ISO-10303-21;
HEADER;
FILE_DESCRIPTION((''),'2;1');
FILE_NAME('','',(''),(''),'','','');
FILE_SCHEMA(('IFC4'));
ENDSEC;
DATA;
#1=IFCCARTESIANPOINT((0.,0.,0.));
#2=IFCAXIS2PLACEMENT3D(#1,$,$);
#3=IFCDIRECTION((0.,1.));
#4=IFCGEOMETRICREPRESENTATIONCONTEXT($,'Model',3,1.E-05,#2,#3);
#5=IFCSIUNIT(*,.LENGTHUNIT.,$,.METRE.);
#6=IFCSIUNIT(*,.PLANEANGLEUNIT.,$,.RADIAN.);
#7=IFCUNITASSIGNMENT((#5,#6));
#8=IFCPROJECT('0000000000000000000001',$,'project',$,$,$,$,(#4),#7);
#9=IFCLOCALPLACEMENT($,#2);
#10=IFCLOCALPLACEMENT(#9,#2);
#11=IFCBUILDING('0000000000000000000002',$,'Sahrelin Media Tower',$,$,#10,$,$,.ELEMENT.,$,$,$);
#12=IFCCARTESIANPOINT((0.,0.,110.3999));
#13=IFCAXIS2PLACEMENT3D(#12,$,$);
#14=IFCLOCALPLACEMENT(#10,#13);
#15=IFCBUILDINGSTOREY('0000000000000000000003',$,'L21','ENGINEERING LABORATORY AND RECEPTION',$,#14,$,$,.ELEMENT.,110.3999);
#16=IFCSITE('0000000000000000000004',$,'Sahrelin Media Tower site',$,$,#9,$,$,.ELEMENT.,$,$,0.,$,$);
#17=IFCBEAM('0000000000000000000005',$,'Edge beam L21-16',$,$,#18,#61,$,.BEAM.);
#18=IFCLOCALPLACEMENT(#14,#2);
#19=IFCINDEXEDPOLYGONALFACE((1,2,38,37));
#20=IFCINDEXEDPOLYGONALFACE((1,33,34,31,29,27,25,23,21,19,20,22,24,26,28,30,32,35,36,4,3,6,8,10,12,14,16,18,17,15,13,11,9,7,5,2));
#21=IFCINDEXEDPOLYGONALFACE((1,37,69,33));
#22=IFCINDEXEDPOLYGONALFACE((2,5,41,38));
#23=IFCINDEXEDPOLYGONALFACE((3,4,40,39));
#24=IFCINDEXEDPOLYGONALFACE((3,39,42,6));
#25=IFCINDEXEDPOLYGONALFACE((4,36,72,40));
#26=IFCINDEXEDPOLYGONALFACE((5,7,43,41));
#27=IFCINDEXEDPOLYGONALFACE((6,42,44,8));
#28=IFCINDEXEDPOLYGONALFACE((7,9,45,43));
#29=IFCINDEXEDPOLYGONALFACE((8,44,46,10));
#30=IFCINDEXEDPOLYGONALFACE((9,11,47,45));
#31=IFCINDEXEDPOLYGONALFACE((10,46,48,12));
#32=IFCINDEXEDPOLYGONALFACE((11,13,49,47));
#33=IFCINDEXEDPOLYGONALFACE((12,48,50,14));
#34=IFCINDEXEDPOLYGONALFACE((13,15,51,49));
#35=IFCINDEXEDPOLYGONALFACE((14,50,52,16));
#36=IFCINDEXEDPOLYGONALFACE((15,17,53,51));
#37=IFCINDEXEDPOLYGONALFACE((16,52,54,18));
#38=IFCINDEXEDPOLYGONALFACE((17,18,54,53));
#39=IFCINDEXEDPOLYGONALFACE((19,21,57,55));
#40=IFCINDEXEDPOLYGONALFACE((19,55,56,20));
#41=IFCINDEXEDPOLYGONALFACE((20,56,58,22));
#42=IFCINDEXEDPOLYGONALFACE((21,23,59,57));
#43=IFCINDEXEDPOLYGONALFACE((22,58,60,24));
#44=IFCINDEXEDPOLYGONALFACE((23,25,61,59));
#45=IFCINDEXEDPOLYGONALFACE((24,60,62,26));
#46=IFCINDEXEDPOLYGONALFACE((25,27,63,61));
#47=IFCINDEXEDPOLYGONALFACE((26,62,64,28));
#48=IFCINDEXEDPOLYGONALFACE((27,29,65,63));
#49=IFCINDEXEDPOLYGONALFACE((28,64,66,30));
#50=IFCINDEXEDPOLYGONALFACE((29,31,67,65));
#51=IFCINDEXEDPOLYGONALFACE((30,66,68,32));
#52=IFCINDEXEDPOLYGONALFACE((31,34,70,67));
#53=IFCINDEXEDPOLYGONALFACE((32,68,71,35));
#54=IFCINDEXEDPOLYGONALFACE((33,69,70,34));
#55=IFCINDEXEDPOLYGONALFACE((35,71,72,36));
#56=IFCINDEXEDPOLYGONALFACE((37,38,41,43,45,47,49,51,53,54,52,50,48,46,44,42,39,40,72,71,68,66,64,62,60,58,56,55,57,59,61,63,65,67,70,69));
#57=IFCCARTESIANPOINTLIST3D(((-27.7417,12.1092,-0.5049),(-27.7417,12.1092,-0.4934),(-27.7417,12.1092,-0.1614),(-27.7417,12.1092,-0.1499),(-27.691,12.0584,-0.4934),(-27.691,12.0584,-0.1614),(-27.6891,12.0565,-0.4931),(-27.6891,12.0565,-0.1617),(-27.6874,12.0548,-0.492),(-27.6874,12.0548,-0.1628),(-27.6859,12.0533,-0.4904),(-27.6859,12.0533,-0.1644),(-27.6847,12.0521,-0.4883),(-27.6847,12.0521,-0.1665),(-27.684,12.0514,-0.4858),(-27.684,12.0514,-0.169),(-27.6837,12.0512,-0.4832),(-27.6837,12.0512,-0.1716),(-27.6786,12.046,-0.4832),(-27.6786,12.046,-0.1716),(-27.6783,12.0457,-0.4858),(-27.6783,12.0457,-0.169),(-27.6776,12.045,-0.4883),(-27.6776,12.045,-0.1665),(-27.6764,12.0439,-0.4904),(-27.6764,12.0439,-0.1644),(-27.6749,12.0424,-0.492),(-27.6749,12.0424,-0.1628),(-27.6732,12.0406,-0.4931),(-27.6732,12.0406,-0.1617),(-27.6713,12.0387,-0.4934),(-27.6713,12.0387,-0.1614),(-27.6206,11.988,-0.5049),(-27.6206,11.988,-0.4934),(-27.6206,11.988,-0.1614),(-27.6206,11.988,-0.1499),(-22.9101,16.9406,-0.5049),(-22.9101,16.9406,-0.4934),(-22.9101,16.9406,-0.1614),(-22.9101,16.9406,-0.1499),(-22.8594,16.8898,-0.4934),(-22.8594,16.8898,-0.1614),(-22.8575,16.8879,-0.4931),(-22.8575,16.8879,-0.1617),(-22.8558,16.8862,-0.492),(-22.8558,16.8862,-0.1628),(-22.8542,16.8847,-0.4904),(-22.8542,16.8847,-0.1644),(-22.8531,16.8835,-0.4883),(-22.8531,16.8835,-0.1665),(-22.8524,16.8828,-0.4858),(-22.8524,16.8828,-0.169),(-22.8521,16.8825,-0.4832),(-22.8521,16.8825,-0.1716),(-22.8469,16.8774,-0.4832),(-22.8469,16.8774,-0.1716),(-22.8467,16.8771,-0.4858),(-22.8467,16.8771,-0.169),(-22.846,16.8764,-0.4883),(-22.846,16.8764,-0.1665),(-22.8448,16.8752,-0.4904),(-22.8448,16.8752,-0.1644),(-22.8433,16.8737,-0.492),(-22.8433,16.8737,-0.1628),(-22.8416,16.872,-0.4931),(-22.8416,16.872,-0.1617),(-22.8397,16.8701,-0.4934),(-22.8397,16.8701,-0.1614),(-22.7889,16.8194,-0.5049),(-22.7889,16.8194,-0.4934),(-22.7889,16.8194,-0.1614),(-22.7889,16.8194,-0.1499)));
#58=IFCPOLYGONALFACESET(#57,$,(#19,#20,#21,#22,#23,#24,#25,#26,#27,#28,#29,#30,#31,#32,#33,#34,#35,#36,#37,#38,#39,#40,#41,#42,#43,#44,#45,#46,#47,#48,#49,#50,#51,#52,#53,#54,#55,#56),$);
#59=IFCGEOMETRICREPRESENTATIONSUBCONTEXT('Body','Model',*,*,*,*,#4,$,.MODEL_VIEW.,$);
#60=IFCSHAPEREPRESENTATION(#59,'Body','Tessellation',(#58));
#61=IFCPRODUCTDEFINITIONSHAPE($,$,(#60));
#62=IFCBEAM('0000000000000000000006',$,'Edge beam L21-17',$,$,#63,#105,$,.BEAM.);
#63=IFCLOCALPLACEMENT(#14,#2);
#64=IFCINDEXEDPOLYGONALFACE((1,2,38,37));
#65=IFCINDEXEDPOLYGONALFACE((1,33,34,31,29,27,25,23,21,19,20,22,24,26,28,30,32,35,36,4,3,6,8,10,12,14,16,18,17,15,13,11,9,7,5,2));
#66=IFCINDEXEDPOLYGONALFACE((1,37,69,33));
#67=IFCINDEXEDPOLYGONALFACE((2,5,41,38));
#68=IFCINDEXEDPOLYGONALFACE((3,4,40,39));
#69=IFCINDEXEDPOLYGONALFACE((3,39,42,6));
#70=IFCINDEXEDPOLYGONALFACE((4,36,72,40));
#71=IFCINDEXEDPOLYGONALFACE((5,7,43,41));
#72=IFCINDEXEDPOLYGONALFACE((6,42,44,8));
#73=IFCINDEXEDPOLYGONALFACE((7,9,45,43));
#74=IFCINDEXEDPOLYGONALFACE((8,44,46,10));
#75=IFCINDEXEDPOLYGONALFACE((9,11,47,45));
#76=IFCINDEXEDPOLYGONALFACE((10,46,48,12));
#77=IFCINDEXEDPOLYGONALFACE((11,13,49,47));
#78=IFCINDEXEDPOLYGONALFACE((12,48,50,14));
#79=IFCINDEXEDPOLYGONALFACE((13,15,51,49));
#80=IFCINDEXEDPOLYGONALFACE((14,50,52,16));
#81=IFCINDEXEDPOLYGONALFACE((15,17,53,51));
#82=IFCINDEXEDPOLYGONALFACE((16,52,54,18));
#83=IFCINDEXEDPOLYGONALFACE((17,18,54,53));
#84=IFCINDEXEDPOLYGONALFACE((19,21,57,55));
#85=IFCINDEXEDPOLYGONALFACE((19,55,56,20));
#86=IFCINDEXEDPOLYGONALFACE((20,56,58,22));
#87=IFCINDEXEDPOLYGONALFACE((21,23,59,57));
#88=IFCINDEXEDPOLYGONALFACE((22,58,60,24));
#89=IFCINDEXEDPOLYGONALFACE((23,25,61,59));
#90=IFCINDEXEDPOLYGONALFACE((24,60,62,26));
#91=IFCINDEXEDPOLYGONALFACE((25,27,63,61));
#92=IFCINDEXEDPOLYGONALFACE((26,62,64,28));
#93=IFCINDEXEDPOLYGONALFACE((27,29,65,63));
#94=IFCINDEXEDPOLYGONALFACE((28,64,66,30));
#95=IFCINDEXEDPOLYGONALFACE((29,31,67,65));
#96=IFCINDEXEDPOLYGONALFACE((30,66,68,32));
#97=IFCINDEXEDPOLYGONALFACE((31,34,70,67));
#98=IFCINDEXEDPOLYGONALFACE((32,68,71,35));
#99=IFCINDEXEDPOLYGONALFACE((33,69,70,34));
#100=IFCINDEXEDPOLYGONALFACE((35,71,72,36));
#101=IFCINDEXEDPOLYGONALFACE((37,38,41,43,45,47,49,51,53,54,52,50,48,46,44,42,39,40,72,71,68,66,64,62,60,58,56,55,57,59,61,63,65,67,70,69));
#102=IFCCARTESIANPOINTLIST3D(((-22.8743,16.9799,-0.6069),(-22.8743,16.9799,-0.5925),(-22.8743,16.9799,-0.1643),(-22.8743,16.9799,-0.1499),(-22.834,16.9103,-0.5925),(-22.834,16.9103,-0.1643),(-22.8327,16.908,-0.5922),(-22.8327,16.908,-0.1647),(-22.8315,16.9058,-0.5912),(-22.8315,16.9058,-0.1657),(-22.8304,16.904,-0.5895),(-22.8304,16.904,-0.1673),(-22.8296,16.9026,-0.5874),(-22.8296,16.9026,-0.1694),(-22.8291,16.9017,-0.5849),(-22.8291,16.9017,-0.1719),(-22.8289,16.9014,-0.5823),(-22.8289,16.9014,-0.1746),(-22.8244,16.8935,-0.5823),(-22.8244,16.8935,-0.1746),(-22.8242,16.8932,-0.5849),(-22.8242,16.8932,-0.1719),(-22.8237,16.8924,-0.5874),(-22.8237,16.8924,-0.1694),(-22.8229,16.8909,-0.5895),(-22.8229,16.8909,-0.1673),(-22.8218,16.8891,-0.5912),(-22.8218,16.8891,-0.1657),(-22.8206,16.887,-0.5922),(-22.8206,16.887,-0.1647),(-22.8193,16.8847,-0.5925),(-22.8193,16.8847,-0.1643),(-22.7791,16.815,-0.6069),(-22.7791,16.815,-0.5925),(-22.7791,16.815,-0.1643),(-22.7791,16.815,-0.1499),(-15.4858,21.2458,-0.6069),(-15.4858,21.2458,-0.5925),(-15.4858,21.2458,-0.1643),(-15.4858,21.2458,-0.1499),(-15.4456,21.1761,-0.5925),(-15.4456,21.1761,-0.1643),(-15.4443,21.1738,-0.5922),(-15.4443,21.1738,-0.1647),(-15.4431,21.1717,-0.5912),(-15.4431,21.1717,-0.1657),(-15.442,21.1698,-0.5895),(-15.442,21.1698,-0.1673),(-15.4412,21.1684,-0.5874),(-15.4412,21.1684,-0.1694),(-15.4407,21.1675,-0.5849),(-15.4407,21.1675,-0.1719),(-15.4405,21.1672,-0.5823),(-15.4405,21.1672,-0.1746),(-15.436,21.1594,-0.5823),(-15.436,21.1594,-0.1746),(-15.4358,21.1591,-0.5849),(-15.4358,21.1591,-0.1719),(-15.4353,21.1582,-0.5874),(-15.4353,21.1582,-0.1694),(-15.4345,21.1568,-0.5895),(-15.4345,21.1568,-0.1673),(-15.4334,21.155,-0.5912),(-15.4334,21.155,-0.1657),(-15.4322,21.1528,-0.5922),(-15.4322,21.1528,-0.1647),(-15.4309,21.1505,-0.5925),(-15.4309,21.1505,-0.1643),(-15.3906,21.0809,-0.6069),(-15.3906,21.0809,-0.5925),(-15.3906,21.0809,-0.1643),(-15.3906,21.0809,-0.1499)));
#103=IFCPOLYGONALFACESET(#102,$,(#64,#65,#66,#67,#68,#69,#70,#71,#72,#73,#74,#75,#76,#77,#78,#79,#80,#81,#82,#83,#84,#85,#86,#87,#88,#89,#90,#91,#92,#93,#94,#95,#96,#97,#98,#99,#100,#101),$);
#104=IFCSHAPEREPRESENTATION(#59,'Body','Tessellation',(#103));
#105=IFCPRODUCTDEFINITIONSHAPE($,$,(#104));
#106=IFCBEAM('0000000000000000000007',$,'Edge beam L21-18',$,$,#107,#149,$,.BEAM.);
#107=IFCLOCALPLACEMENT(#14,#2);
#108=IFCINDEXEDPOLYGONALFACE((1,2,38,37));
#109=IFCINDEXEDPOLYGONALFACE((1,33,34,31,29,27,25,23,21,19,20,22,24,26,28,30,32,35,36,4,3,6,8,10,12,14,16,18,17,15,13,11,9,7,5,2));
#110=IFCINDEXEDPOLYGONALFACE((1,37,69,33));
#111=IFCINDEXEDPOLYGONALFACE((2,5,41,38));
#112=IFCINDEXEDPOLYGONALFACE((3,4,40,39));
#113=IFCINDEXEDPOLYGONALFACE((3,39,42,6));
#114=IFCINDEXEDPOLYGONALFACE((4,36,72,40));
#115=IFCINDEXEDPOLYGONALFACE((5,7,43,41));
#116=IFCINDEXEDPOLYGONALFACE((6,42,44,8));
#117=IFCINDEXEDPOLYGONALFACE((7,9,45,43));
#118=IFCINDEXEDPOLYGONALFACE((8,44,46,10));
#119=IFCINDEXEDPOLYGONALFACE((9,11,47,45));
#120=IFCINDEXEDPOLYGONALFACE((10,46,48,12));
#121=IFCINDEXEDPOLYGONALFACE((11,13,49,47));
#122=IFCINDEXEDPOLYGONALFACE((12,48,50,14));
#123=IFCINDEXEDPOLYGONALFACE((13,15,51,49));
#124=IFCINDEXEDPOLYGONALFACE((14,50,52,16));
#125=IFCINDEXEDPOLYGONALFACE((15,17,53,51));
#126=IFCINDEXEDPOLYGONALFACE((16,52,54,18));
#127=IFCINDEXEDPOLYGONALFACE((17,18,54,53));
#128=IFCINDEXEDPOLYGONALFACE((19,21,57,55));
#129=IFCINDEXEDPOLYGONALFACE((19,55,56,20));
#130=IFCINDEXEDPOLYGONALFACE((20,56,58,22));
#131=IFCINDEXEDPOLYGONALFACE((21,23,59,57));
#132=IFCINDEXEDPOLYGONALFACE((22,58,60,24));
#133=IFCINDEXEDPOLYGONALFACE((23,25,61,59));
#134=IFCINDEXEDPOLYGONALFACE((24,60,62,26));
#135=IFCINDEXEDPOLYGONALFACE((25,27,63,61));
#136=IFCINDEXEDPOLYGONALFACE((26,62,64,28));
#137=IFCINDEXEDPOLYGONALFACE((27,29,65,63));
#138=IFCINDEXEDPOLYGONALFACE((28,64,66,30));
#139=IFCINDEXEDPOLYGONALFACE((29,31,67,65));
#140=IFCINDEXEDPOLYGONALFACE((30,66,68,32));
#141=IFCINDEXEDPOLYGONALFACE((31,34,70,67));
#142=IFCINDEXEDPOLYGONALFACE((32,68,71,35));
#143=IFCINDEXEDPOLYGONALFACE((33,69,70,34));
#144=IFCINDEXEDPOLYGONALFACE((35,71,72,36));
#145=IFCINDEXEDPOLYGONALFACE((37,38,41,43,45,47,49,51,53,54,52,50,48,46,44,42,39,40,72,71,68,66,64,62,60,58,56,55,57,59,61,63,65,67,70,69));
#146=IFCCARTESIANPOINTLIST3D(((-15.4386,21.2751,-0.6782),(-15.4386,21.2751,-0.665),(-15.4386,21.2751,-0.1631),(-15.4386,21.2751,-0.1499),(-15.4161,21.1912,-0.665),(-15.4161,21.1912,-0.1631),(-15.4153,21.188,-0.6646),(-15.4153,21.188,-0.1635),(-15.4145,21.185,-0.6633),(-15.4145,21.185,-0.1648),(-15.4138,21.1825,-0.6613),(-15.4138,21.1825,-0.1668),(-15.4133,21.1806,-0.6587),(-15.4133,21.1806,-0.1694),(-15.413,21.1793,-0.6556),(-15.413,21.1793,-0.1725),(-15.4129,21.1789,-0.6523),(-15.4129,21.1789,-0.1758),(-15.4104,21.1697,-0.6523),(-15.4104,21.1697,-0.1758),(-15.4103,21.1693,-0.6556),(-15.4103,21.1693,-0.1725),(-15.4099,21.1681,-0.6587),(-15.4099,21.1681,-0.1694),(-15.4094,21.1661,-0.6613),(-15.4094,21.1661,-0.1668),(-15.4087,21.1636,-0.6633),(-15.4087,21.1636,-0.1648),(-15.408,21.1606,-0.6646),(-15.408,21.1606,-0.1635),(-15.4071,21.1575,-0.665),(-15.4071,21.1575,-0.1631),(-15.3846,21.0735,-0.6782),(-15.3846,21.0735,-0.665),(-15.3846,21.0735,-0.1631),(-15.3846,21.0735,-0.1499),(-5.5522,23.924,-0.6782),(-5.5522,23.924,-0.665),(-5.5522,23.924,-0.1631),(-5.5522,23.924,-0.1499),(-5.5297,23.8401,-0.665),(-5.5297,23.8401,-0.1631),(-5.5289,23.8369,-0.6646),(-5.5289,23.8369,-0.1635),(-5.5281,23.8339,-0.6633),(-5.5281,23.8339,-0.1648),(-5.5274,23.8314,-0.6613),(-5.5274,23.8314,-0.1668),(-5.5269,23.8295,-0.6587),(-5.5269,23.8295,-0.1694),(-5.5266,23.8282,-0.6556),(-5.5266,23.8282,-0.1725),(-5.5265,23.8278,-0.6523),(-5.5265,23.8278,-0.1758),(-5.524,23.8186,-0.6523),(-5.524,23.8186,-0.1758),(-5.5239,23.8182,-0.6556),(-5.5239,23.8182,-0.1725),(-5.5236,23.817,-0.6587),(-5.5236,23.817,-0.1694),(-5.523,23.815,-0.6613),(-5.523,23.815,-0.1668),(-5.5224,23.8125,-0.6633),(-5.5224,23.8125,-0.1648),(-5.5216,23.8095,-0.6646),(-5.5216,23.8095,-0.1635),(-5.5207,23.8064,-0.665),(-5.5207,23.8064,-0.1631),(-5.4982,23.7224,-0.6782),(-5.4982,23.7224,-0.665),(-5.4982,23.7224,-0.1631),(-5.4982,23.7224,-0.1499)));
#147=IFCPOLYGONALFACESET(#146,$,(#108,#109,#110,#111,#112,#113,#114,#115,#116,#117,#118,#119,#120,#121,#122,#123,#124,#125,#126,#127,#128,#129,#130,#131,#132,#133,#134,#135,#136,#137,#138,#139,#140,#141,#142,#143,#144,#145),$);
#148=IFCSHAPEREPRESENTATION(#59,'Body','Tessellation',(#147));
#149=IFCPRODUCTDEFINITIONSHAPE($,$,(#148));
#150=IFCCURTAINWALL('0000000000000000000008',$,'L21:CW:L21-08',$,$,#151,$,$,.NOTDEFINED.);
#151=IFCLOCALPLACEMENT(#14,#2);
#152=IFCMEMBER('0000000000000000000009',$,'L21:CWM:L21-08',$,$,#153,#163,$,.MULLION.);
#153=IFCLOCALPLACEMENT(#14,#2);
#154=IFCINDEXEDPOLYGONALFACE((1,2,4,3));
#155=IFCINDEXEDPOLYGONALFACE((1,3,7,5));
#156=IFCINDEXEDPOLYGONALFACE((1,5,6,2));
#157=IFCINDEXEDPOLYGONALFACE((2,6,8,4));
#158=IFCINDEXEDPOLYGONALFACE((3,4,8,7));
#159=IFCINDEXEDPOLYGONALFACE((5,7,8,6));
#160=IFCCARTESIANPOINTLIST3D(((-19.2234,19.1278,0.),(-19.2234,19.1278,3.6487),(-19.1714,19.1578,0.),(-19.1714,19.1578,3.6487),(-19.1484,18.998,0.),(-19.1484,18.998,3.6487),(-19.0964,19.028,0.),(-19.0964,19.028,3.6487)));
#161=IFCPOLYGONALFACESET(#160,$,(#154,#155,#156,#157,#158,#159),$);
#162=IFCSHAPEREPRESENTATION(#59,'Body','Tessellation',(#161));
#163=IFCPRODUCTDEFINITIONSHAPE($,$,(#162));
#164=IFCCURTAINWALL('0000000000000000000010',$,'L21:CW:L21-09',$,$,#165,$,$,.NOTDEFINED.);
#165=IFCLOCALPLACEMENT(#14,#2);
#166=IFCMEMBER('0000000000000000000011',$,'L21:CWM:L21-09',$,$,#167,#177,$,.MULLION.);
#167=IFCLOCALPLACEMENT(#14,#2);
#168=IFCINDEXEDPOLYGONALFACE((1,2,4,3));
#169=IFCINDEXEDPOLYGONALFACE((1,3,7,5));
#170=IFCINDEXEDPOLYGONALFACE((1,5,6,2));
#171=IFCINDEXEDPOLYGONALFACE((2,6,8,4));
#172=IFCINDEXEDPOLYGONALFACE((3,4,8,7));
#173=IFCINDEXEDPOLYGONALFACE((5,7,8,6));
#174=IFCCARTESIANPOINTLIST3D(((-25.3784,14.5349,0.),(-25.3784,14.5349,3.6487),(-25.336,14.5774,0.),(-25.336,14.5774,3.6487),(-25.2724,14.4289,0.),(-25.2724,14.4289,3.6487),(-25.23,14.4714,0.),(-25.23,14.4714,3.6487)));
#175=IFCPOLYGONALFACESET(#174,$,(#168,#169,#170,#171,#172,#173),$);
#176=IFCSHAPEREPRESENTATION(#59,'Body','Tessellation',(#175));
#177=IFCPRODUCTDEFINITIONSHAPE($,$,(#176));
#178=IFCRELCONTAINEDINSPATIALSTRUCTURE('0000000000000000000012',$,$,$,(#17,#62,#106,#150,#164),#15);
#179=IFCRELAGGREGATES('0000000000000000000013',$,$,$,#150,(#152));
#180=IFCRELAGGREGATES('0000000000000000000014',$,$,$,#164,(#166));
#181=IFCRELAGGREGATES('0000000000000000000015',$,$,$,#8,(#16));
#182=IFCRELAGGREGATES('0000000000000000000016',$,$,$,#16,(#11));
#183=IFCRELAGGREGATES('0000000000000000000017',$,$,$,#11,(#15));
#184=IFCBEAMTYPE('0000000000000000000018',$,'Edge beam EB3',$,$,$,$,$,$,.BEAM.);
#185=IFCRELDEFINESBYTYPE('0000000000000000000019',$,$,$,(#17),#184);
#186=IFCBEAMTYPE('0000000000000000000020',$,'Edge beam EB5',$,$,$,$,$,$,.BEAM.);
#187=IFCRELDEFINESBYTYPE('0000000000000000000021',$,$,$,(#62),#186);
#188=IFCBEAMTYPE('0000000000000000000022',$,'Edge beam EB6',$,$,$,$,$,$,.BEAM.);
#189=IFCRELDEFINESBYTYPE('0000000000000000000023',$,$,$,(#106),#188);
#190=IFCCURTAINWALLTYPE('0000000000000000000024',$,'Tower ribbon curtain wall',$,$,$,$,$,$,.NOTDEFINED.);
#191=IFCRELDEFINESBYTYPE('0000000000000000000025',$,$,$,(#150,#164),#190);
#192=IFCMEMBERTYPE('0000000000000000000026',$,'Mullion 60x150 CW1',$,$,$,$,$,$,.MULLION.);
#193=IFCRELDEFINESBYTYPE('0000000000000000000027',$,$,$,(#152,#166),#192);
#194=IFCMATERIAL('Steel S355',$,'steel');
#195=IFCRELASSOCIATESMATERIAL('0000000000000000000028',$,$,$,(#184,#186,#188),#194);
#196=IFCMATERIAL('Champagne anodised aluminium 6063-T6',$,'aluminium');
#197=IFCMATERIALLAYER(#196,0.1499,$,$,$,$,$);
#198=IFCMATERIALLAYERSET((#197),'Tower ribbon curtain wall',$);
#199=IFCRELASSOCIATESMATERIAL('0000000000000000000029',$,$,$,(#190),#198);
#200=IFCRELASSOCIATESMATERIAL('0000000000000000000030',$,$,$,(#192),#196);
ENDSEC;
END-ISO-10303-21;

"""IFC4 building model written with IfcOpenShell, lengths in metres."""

from ifc_helpers import new_model, si_unit, direction, frame, origin, origin_2d, place, context, subcontext, project, spatial, rectangle, i_section, extrude, material, layer, layer_set, material_profile, profile_set, type_object, element, aggregate, save


model = new_model("IFC4")

# Units and contexts
model_context = context("Model", 3, precision=1e-05, world=origin(), true_north=direction((0.0, 1.0)))
body_context = subcontext(model_context, "Body", "Model", "MODEL_VIEW")
ifc_project = project(units=[si_unit("LENGTHUNIT", "METRE"), si_unit("PLANEANGLEUNIT", "RADIAN")], contexts=[model_context])

# Site, building, storey
site_placement = place(None, origin())
site = spatial("IfcSite", under=ifc_project, at=site_placement, Name="Sahrelin Media Tower site", CompositionType="ELEMENT", RefElevation=0.0)
building_placement = place(site_placement, origin())
building = spatial("IfcBuilding", under=site, at=building_placement, Name="Sahrelin Media Tower", CompositionType="ELEMENT")
storey_placement = place(building_placement, frame((0.0, 0.0, 110.3999)))
storey = spatial("IfcBuildingStorey", under=building, at=storey_placement, Name="L21", Description="ENGINEERING LABORATORY AND RECEPTION", CompositionType="ELEMENT", Elevation=110.3999)

# Beams
ifc_material_1 = material(Name="Steel S355", Category="steel")
ifc_material_profile_1 = material_profile(ifc_material_1, i_section(OverallWidth=0.1714, OverallDepth=0.355, WebThickness=0.0073, FlangeThickness=0.0115, FilletRadius=0.0103, at=origin_2d()), Name="UB 356x171x51")
ifc_profile_set_1 = profile_set([ifc_material_profile_1], Name="Steel S355")
beam_type_1 = type_object("IfcBeamType", Name="Edge beam EB3", PredefinedType="BEAM", material=ifc_profile_set_1)
beam_1_placement = place(storey_placement, frame((-27.6812, 12.0486, -0.3274), z_axis=(0.707125, 0.707089, 0.0), x_axis=(-0.707089, 0.707125, 0.0)))
element("IfcBeam", 1, at=beam_1_placement, inside=storey, type_object=beam_type_1, Name="Edge beam L21-16", PredefinedType="BEAM", context=body_context, shape_type="SweptSolid", body=[
    extrude(i_section(OverallWidth=0.1714, OverallDepth=0.355, WebThickness=0.0073, FlangeThickness=0.0115, FilletRadius=0.0103, at=origin_2d()), origin(), (0.0, 0.0, 1.0), 6.8328),
])
ifc_material_profile_2 = material_profile(ifc_material_1, i_section(OverallWidth=0.1904, OverallDepth=0.457, WebThickness=0.009, FlangeThickness=0.0144, FilletRadius=0.0103, at=origin_2d()), Name="UB 457x191x74")
ifc_profile_set_2 = profile_set([ifc_material_profile_2], Name="Steel S355")
beam_type_2 = type_object("IfcBeamType", Name="Edge beam EB5", PredefinedType="BEAM", material=ifc_profile_set_2)
beam_2_placement = place(storey_placement, frame((-22.8267, 16.8975, -0.3784), z_axis=(0.866017, 0.500014, 0.0), x_axis=(-0.500014, 0.866017, 0.0)))
element("IfcBeam", 2, at=beam_2_placement, inside=storey, type_object=beam_type_2, Name="Edge beam L21-17", PredefinedType="BEAM", context=body_context, shape_type="SweptSolid", body=[
    extrude(i_section(OverallWidth=0.1904, OverallDepth=0.457, WebThickness=0.009, FlangeThickness=0.0144, FilletRadius=0.0103, at=origin_2d()), origin(), (0.0, 0.0, 1.0), 8.5315),
])
ifc_material_profile_3 = material_profile(ifc_material_1, i_section(OverallWidth=0.2087, OverallDepth=0.5283, WebThickness=0.0095, FlangeThickness=0.0132, FilletRadius=0.0127, at=origin_2d()), Name="UB 533x210x82")
ifc_profile_set_3 = profile_set([ifc_material_profile_3], Name="Steel S355")
beam_type_3 = type_object("IfcBeamType", Name="Edge beam EB6", PredefinedType="BEAM", material=ifc_profile_set_3)
beam_3_placement = place(storey_placement, frame((-15.4116, 21.1743, -0.4141), z_axis=(0.965929, 0.258806, 0.0), x_axis=(-0.258806, 0.965929, 0.0)))
element("IfcBeam", 3, at=beam_3_placement, inside=storey, type_object=beam_type_3, Name="Edge beam L21-18", PredefinedType="BEAM", context=body_context, shape_type="SweptSolid", body=[
    extrude(i_section(OverallWidth=0.2087, OverallDepth=0.5283, WebThickness=0.0095, FlangeThickness=0.0132, FilletRadius=0.0127, at=origin_2d()), origin(), (0.0, 0.0, 1.0), 10.2351),
])

# Curtain walls, members
ifc_material_2 = material(Name="Champagne anodised aluminium 6063-T6", Category="aluminium")
ifc_layer_1 = layer(ifc_material_2, 0.1499)
ifc_layer_set_1 = layer_set([ifc_layer_1], Name="Tower ribbon curtain wall")
curtain_wall_type = type_object("IfcCurtainWallType", Name="Tower ribbon curtain wall", PredefinedType="NOTDEFINED", material=ifc_layer_set_1)
curtain_wall_1_placement = place(storey_placement, frame((-19.2075, 19.1604, 0.0), z_axis=(0.0, 0.0, 1.0), x_axis=(1.0, 0.0, 0.0)))
curtain_wall_1 = element("IfcCurtainWall", 4, at=curtain_wall_1_placement, inside=storey, type_object=curtain_wall_type, Name="L21:CW:L21-08", PredefinedType="NOTDEFINED")
ifc_material_profile_4 = material_profile(ifc_material_2, rectangle(XDim=0.0601, YDim=0.1499, at=origin_2d()), Name="Mullion 60x150")
ifc_profile_set_4 = profile_set([ifc_material_profile_4], Name="Champagne anodised aluminium 6063-T6")
member_type_1 = type_object("IfcMemberType", Name="Mullion 60x150 CW1", PredefinedType="MULLION", material=ifc_profile_set_4)
member_1_placement = place(storey_placement, frame((-19.1599, 19.0779, 0.0), z_axis=(0.0, 0.0, 1.0), x_axis=(-0.866025, -0.500002, 0.0)))
member_1 = element("IfcMember", 5, at=member_1_placement, type_object=member_type_1, Name="L21:CWM:L21-08", PredefinedType="MULLION", context=body_context, shape_type="SweptSolid", body=[
    extrude(rectangle(XDim=0.0601, YDim=0.1499, at=origin_2d()), origin(), (0.0, 0.0, 1.0), 3.6487),
])
curtain_wall_2_placement = place(storey_placement, frame((-25.3713, 14.5703, 0.0), z_axis=(0.0, 0.0, 1.0), x_axis=(1.0, 0.0, 0.0)))
curtain_wall_2 = element("IfcCurtainWall", 6, at=curtain_wall_2_placement, inside=storey, type_object=curtain_wall_type, Name="L21:CW:L21-09", PredefinedType="NOTDEFINED")
member_2_placement = place(storey_placement, frame((-25.3042, 14.5032, 0.0), z_axis=(0.0, 0.0, 1.0), x_axis=(-0.707107, -0.707107, 0.0)))
member_2 = element("IfcMember", 7, at=member_2_placement, type_object=member_type_1, Name="L21:CWM:L21-09", PredefinedType="MULLION", context=body_context, shape_type="SweptSolid", body=[
    extrude(rectangle(XDim=0.0601, YDim=0.1499, at=origin_2d()), origin(), (0.0, 0.0, 1.0), 3.6487),
])

aggregate(curtain_wall_1, [member_1])
aggregate(curtain_wall_2, [member_2])

save(model, "model.ifc")
